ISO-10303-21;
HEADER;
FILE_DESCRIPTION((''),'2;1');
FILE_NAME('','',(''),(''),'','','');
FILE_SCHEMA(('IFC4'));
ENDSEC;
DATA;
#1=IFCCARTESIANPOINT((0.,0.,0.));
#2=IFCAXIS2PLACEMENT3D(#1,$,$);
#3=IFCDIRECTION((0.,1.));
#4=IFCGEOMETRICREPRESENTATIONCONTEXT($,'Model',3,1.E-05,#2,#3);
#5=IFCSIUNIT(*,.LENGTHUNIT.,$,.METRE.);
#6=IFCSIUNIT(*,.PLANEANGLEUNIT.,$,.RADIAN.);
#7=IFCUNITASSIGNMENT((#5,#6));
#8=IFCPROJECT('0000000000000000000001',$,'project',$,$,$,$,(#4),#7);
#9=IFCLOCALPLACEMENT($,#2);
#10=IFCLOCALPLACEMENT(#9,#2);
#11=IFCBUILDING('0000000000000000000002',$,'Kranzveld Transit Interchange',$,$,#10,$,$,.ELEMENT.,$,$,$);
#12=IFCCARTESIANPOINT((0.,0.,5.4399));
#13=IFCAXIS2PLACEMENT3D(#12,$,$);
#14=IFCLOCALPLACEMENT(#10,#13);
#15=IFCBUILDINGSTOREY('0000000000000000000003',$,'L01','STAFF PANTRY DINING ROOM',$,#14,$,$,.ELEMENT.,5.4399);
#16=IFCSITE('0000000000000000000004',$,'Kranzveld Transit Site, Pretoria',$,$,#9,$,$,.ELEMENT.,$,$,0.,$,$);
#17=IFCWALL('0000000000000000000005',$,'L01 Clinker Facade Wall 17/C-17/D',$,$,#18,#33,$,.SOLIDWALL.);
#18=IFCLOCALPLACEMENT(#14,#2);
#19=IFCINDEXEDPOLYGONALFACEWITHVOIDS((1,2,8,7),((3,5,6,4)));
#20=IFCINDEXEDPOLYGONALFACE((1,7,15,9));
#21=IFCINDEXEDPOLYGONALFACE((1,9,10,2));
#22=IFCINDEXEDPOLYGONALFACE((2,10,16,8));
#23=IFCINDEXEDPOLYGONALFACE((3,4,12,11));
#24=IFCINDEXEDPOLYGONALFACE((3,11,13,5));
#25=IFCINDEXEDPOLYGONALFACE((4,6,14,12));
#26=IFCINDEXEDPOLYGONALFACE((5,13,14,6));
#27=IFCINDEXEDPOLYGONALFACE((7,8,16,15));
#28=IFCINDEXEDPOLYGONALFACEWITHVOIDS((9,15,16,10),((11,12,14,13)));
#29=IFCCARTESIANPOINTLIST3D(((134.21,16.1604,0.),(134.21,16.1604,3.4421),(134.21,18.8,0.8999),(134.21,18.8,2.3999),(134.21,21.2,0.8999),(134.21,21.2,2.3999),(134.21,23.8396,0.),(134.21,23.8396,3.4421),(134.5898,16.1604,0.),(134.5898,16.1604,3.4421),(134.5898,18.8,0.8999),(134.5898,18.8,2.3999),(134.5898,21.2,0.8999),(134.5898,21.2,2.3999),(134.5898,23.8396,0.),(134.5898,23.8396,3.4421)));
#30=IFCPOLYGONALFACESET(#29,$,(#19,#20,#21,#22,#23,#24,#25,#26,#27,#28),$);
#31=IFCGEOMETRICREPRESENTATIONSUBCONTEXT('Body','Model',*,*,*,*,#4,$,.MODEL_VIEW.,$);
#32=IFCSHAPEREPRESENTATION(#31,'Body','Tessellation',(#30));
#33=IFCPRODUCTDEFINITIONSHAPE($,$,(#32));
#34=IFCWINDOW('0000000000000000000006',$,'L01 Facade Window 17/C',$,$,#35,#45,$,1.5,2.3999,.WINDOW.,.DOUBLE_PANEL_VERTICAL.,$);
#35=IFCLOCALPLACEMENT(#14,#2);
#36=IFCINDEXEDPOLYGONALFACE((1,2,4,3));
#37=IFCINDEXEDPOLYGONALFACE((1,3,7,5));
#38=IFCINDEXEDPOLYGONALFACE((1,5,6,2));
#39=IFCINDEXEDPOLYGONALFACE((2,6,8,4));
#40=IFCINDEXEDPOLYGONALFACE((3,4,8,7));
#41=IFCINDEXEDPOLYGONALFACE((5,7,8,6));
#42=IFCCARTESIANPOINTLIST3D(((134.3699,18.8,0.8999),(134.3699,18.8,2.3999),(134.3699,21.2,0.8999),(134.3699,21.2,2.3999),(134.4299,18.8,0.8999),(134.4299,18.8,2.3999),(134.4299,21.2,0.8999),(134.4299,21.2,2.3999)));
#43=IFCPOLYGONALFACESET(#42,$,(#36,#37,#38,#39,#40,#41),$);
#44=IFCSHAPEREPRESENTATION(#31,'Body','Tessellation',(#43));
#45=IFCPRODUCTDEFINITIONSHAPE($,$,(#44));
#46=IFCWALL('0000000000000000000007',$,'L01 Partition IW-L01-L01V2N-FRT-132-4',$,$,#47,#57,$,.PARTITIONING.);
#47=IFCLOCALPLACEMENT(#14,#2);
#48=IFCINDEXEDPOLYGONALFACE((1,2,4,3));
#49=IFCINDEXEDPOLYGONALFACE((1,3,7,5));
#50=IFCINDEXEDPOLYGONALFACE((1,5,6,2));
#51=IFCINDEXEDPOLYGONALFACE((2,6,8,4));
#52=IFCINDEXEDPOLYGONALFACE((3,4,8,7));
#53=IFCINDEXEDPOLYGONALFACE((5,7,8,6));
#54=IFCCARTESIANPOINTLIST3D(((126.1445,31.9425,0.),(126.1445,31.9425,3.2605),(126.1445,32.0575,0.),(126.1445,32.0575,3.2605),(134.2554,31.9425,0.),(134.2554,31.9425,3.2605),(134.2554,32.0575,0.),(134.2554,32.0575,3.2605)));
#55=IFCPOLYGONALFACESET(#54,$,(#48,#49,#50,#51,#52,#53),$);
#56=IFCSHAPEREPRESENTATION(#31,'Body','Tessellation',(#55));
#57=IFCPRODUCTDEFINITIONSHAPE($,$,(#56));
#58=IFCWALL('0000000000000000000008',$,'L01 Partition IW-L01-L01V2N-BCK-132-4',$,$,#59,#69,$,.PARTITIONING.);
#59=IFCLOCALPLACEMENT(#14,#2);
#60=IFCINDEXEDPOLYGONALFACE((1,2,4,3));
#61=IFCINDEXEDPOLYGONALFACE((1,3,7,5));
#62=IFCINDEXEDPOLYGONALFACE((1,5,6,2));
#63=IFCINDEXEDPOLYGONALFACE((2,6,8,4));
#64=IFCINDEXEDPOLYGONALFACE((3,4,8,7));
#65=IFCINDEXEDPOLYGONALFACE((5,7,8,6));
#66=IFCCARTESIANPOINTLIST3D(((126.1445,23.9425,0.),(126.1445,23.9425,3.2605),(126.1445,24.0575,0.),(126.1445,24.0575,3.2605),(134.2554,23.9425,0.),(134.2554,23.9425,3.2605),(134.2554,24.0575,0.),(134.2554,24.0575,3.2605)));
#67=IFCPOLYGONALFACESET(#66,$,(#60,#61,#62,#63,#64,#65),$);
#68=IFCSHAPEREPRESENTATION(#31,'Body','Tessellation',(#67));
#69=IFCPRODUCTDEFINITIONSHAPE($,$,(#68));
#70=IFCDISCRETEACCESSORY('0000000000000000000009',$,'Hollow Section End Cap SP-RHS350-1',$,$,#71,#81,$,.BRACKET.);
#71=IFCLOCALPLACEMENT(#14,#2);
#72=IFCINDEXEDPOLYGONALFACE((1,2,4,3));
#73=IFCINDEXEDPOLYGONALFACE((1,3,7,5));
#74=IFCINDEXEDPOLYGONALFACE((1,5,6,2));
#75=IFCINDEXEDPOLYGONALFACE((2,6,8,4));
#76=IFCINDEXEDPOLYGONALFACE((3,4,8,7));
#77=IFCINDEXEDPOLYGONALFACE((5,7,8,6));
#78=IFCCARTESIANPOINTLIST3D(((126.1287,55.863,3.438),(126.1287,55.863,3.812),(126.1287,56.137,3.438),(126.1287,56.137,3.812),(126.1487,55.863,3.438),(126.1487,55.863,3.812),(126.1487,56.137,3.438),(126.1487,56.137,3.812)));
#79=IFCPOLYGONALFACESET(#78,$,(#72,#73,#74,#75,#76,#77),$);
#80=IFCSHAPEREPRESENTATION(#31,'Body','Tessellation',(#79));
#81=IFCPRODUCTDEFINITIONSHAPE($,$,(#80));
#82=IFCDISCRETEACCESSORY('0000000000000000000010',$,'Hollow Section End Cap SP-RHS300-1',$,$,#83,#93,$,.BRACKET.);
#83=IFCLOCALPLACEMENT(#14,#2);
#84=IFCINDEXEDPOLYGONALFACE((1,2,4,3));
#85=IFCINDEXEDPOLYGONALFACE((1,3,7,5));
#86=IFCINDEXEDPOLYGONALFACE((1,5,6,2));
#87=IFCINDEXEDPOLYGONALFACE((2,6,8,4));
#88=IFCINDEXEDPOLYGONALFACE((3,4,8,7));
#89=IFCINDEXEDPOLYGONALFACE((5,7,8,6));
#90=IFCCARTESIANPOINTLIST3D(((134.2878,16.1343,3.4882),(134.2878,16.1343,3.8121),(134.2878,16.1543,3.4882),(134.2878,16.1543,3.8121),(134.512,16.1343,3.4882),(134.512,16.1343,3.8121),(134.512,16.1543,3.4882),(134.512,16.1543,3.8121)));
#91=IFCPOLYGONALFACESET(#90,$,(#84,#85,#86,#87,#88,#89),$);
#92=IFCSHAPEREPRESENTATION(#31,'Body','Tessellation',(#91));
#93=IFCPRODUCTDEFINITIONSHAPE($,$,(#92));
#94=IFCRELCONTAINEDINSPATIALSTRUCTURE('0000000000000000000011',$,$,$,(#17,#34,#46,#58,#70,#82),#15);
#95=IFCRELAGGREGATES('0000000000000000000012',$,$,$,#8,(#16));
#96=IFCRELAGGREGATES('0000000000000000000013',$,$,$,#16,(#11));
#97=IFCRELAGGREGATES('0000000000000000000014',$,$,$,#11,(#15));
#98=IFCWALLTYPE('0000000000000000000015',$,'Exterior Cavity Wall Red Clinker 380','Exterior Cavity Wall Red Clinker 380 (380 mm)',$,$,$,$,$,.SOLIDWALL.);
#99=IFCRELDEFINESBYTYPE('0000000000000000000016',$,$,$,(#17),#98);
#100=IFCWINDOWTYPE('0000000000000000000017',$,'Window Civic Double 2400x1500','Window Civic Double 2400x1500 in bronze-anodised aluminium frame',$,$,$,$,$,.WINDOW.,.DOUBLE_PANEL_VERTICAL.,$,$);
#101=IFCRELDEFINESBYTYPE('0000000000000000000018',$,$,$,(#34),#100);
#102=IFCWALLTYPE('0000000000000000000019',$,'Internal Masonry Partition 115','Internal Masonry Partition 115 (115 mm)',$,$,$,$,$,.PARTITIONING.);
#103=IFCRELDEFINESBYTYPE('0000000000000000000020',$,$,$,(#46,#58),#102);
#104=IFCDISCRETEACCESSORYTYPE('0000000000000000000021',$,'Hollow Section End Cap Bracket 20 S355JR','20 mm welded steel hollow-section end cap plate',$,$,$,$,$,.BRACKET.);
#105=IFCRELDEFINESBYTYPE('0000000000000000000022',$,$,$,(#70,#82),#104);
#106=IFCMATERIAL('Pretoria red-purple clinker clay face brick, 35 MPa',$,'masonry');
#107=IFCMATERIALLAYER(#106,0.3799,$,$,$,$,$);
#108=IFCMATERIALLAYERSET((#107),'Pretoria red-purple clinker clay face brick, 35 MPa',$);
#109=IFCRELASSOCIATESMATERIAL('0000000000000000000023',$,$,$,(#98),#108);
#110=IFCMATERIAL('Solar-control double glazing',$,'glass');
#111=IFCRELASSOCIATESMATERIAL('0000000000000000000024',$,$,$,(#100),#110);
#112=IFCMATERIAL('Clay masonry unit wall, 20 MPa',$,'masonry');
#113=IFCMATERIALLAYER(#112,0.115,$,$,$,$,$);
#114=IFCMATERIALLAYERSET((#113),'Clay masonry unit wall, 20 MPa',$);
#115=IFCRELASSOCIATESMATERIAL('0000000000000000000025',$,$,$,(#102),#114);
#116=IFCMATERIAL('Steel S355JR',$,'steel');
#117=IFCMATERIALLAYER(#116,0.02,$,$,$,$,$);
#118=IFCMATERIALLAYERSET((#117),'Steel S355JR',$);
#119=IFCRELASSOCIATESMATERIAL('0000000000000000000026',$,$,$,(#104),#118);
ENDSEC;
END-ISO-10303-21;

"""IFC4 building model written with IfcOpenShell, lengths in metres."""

from ifc_helpers import new_model, si_unit, direction, frame, frame_2d, origin, origin_2d, place, context, subcontext, project, spatial, rectangle, extrude, material, layer, layer_set, type_object, element, fill, save


model = new_model("IFC4")

# Units and contexts
model_context = context("Model", 3, precision=1e-05, world=origin(), true_north=direction((0.0, 1.0)))
body_context = subcontext(model_context, "Body", "Model", "MODEL_VIEW")
ifc_project = project(units=[si_unit("LENGTHUNIT", "METRE"), si_unit("PLANEANGLEUNIT", "RADIAN")], contexts=[model_context])

# Site, building, storey
site_placement = place(None, origin())
site = spatial("IfcSite", under=ifc_project, at=site_placement, Name="Kranzveld Transit Site, Pretoria", CompositionType="ELEMENT", RefElevation=0.0)
building_placement = place(site_placement, origin())
building = spatial("IfcBuilding", under=site, at=building_placement, Name="Kranzveld Transit Interchange", CompositionType="ELEMENT")
storey_placement = place(building_placement, frame((0.0, 0.0, 5.4399)))
storey = spatial("IfcBuildingStorey", under=building, at=storey_placement, Name="L01", Description="STAFF PANTRY DINING ROOM", CompositionType="ELEMENT", Elevation=5.4399)

# Wall, opening, window
ifc_material_1 = material(Name="Pretoria red-purple clinker clay face brick, 35 MPa", Category="masonry")
ifc_layer_1 = layer(ifc_material_1, 0.3799)
ifc_layer_set_1 = layer_set([ifc_layer_1], Name="Pretoria red-purple clinker clay face brick, 35 MPa")
wall_type_1 = type_object("IfcWallType", Name="Exterior Cavity Wall Red Clinker 380", Description="Exterior Cavity Wall Red Clinker 380 (380 mm)", PredefinedType="SOLIDWALL", material=ifc_layer_set_1)
wall_1_placement = place(storey_placement, frame((134.3999, 16.1604, 0.0), z_axis=(0.0, 0.0, 1.0), x_axis=(0.0, 1.0, 0.0)))
wall_1 = element("IfcWall", 1, at=wall_1_placement, inside=storey, type_object=wall_type_1, Name="L01 Clinker Facade Wall 17/C-17/D", PredefinedType="SOLIDWALL", context=body_context, shape_type="SweptSolid", body=[
    extrude(rectangle(XDim=7.6792, YDim=0.3799, at=frame_2d((3.8396, 0.0))), origin(), (0.0, 0.0, 1.0), 3.4421),
])
opening_1_placement = place(wall_1_placement, frame((2.6396, 0.0, 0.8999), z_axis=(0.0, 0.0, 1.0), x_axis=(1.0, 0.0, 0.0)))
opening_1 = element("IfcOpeningElement", 2, at=opening_1_placement, cuts=wall_1, PredefinedType="OPENING", context=body_context, shape_type="SweptSolid", body=[
    extrude(rectangle(XDim=2.3999, YDim=1.5, at=frame_2d((1.2, 0.75))), frame((0.0, 0.2, 0.0), z_axis=(0.0, -1.0, 0.0), x_axis=(1.0, 0.0, 0.0)), (0.0, 0.0, 1.0), 0.3999),
])
ifc_material_2 = material(Name="Solar-control double glazing", Category="glass")
window_type_1 = type_object("IfcWindowType", Name="Window Civic Double 2400x1500", Description="Window Civic Double 2400x1500 in bronze-anodised aluminium frame", PartitioningType="DOUBLE_PANEL_VERTICAL", PredefinedType="WINDOW", material=ifc_material_2)
window_1_placement = place(opening_1_placement, origin())
window_1 = element("IfcWindow", 3, at=window_1_placement, inside=storey, type_object=window_type_1, Name="L01 Facade Window 17/C", OverallHeight=1.5, OverallWidth=2.3999, PartitioningType="DOUBLE_PANEL_VERTICAL", PredefinedType="WINDOW", context=body_context, shape_type="SweptSolid", body=[
    extrude(rectangle(XDim=2.3999, YDim=1.5, at=frame_2d((1.2, 0.75))), frame((0.0, 0.03, 0.0), z_axis=(0.0, -1.0, 0.0), x_axis=(1.0, 0.0, 0.0)), (0.0, 0.0, 1.0), 0.0601),
])
fill(opening_1, window_1)

# Walls
ifc_material_3 = material(Name="Clay masonry unit wall, 20 MPa", Category="masonry")
ifc_layer_2 = layer(ifc_material_3, 0.115)
ifc_layer_set_2 = layer_set([ifc_layer_2], Name="Clay masonry unit wall, 20 MPa")
wall_type_2 = type_object("IfcWallType", Name="Internal Masonry Partition 115", Description="Internal Masonry Partition 115 (115 mm)", PredefinedType="PARTITIONING", material=ifc_layer_set_2)
for number, where, z_axis, x_axis, name in (
    (4, (126.1445, 32.0, 0.0), (0.0, 0.0, 1.0), (1.0, 0.0, 0.0), "L01 Partition IW-L01-L01V2N-FRT-132-4"),
    (5, (126.1445, 24.0, 0.0), (0.0, 0.0, 1.0), (1.0, 0.0, 0.0), "L01 Partition IW-L01-L01V2N-BCK-132-4"),
):
    element("IfcWall", number, at=place(storey_placement, frame(where, z_axis=z_axis, x_axis=x_axis)), inside=storey, type_object=wall_type_2, Name=name, PredefinedType="PARTITIONING", context=body_context, shape_type="SweptSolid", body=[
        extrude(rectangle(XDim=8.1108, YDim=0.115, at=frame_2d((4.0554, 0.0))), origin(), (0.0, 0.0, 1.0), 3.2605),
    ])

# Discrete accessories
ifc_material_4 = material(Name="Steel S355JR", Category="steel")
ifc_layer_3 = layer(ifc_material_4, 0.02)
ifc_layer_set_3 = layer_set([ifc_layer_3], Name="Steel S355JR")
discrete_accessory_type = type_object("IfcDiscreteAccessoryType", Name="Hollow Section End Cap Bracket 20 S355JR", Description="20 mm welded steel hollow-section end cap plate", PredefinedType="BRACKET", material=ifc_layer_set_3)
discrete_accessory_1_placement = place(storey_placement, frame((126.1487, 56.0, 3.625), z_axis=(-1.0, 0.0, 0.0), x_axis=(0.0, -1.0, 0.0)))
element("IfcDiscreteAccessory", 6, at=discrete_accessory_1_placement, inside=storey, type_object=discrete_accessory_type, Name="Hollow Section End Cap SP-RHS350-1", PredefinedType="BRACKET", context=body_context, shape_type="SweptSolid", body=[
    extrude(rectangle(XDim=0.2739, YDim=0.374, at=origin_2d()), origin(), (0.0, 0.0, 1.0), 0.02),
])
discrete_accessory_2_placement = place(storey_placement, frame((134.3999, 16.1543, 3.6501), z_axis=(0.0, -1.0, 0.0), x_axis=(1.0, 0.0, 0.0)))
element("IfcDiscreteAccessory", 7, at=discrete_accessory_2_placement, inside=storey, type_object=discrete_accessory_type, Name="Hollow Section End Cap SP-RHS300-1", PredefinedType="BRACKET", context=body_context, shape_type="SweptSolid", body=[
    extrude(rectangle(XDim=0.2241, YDim=0.324, at=origin_2d()), origin(), (0.0, 0.0, 1.0), 0.02),
])

save(model, "model.ifc")
